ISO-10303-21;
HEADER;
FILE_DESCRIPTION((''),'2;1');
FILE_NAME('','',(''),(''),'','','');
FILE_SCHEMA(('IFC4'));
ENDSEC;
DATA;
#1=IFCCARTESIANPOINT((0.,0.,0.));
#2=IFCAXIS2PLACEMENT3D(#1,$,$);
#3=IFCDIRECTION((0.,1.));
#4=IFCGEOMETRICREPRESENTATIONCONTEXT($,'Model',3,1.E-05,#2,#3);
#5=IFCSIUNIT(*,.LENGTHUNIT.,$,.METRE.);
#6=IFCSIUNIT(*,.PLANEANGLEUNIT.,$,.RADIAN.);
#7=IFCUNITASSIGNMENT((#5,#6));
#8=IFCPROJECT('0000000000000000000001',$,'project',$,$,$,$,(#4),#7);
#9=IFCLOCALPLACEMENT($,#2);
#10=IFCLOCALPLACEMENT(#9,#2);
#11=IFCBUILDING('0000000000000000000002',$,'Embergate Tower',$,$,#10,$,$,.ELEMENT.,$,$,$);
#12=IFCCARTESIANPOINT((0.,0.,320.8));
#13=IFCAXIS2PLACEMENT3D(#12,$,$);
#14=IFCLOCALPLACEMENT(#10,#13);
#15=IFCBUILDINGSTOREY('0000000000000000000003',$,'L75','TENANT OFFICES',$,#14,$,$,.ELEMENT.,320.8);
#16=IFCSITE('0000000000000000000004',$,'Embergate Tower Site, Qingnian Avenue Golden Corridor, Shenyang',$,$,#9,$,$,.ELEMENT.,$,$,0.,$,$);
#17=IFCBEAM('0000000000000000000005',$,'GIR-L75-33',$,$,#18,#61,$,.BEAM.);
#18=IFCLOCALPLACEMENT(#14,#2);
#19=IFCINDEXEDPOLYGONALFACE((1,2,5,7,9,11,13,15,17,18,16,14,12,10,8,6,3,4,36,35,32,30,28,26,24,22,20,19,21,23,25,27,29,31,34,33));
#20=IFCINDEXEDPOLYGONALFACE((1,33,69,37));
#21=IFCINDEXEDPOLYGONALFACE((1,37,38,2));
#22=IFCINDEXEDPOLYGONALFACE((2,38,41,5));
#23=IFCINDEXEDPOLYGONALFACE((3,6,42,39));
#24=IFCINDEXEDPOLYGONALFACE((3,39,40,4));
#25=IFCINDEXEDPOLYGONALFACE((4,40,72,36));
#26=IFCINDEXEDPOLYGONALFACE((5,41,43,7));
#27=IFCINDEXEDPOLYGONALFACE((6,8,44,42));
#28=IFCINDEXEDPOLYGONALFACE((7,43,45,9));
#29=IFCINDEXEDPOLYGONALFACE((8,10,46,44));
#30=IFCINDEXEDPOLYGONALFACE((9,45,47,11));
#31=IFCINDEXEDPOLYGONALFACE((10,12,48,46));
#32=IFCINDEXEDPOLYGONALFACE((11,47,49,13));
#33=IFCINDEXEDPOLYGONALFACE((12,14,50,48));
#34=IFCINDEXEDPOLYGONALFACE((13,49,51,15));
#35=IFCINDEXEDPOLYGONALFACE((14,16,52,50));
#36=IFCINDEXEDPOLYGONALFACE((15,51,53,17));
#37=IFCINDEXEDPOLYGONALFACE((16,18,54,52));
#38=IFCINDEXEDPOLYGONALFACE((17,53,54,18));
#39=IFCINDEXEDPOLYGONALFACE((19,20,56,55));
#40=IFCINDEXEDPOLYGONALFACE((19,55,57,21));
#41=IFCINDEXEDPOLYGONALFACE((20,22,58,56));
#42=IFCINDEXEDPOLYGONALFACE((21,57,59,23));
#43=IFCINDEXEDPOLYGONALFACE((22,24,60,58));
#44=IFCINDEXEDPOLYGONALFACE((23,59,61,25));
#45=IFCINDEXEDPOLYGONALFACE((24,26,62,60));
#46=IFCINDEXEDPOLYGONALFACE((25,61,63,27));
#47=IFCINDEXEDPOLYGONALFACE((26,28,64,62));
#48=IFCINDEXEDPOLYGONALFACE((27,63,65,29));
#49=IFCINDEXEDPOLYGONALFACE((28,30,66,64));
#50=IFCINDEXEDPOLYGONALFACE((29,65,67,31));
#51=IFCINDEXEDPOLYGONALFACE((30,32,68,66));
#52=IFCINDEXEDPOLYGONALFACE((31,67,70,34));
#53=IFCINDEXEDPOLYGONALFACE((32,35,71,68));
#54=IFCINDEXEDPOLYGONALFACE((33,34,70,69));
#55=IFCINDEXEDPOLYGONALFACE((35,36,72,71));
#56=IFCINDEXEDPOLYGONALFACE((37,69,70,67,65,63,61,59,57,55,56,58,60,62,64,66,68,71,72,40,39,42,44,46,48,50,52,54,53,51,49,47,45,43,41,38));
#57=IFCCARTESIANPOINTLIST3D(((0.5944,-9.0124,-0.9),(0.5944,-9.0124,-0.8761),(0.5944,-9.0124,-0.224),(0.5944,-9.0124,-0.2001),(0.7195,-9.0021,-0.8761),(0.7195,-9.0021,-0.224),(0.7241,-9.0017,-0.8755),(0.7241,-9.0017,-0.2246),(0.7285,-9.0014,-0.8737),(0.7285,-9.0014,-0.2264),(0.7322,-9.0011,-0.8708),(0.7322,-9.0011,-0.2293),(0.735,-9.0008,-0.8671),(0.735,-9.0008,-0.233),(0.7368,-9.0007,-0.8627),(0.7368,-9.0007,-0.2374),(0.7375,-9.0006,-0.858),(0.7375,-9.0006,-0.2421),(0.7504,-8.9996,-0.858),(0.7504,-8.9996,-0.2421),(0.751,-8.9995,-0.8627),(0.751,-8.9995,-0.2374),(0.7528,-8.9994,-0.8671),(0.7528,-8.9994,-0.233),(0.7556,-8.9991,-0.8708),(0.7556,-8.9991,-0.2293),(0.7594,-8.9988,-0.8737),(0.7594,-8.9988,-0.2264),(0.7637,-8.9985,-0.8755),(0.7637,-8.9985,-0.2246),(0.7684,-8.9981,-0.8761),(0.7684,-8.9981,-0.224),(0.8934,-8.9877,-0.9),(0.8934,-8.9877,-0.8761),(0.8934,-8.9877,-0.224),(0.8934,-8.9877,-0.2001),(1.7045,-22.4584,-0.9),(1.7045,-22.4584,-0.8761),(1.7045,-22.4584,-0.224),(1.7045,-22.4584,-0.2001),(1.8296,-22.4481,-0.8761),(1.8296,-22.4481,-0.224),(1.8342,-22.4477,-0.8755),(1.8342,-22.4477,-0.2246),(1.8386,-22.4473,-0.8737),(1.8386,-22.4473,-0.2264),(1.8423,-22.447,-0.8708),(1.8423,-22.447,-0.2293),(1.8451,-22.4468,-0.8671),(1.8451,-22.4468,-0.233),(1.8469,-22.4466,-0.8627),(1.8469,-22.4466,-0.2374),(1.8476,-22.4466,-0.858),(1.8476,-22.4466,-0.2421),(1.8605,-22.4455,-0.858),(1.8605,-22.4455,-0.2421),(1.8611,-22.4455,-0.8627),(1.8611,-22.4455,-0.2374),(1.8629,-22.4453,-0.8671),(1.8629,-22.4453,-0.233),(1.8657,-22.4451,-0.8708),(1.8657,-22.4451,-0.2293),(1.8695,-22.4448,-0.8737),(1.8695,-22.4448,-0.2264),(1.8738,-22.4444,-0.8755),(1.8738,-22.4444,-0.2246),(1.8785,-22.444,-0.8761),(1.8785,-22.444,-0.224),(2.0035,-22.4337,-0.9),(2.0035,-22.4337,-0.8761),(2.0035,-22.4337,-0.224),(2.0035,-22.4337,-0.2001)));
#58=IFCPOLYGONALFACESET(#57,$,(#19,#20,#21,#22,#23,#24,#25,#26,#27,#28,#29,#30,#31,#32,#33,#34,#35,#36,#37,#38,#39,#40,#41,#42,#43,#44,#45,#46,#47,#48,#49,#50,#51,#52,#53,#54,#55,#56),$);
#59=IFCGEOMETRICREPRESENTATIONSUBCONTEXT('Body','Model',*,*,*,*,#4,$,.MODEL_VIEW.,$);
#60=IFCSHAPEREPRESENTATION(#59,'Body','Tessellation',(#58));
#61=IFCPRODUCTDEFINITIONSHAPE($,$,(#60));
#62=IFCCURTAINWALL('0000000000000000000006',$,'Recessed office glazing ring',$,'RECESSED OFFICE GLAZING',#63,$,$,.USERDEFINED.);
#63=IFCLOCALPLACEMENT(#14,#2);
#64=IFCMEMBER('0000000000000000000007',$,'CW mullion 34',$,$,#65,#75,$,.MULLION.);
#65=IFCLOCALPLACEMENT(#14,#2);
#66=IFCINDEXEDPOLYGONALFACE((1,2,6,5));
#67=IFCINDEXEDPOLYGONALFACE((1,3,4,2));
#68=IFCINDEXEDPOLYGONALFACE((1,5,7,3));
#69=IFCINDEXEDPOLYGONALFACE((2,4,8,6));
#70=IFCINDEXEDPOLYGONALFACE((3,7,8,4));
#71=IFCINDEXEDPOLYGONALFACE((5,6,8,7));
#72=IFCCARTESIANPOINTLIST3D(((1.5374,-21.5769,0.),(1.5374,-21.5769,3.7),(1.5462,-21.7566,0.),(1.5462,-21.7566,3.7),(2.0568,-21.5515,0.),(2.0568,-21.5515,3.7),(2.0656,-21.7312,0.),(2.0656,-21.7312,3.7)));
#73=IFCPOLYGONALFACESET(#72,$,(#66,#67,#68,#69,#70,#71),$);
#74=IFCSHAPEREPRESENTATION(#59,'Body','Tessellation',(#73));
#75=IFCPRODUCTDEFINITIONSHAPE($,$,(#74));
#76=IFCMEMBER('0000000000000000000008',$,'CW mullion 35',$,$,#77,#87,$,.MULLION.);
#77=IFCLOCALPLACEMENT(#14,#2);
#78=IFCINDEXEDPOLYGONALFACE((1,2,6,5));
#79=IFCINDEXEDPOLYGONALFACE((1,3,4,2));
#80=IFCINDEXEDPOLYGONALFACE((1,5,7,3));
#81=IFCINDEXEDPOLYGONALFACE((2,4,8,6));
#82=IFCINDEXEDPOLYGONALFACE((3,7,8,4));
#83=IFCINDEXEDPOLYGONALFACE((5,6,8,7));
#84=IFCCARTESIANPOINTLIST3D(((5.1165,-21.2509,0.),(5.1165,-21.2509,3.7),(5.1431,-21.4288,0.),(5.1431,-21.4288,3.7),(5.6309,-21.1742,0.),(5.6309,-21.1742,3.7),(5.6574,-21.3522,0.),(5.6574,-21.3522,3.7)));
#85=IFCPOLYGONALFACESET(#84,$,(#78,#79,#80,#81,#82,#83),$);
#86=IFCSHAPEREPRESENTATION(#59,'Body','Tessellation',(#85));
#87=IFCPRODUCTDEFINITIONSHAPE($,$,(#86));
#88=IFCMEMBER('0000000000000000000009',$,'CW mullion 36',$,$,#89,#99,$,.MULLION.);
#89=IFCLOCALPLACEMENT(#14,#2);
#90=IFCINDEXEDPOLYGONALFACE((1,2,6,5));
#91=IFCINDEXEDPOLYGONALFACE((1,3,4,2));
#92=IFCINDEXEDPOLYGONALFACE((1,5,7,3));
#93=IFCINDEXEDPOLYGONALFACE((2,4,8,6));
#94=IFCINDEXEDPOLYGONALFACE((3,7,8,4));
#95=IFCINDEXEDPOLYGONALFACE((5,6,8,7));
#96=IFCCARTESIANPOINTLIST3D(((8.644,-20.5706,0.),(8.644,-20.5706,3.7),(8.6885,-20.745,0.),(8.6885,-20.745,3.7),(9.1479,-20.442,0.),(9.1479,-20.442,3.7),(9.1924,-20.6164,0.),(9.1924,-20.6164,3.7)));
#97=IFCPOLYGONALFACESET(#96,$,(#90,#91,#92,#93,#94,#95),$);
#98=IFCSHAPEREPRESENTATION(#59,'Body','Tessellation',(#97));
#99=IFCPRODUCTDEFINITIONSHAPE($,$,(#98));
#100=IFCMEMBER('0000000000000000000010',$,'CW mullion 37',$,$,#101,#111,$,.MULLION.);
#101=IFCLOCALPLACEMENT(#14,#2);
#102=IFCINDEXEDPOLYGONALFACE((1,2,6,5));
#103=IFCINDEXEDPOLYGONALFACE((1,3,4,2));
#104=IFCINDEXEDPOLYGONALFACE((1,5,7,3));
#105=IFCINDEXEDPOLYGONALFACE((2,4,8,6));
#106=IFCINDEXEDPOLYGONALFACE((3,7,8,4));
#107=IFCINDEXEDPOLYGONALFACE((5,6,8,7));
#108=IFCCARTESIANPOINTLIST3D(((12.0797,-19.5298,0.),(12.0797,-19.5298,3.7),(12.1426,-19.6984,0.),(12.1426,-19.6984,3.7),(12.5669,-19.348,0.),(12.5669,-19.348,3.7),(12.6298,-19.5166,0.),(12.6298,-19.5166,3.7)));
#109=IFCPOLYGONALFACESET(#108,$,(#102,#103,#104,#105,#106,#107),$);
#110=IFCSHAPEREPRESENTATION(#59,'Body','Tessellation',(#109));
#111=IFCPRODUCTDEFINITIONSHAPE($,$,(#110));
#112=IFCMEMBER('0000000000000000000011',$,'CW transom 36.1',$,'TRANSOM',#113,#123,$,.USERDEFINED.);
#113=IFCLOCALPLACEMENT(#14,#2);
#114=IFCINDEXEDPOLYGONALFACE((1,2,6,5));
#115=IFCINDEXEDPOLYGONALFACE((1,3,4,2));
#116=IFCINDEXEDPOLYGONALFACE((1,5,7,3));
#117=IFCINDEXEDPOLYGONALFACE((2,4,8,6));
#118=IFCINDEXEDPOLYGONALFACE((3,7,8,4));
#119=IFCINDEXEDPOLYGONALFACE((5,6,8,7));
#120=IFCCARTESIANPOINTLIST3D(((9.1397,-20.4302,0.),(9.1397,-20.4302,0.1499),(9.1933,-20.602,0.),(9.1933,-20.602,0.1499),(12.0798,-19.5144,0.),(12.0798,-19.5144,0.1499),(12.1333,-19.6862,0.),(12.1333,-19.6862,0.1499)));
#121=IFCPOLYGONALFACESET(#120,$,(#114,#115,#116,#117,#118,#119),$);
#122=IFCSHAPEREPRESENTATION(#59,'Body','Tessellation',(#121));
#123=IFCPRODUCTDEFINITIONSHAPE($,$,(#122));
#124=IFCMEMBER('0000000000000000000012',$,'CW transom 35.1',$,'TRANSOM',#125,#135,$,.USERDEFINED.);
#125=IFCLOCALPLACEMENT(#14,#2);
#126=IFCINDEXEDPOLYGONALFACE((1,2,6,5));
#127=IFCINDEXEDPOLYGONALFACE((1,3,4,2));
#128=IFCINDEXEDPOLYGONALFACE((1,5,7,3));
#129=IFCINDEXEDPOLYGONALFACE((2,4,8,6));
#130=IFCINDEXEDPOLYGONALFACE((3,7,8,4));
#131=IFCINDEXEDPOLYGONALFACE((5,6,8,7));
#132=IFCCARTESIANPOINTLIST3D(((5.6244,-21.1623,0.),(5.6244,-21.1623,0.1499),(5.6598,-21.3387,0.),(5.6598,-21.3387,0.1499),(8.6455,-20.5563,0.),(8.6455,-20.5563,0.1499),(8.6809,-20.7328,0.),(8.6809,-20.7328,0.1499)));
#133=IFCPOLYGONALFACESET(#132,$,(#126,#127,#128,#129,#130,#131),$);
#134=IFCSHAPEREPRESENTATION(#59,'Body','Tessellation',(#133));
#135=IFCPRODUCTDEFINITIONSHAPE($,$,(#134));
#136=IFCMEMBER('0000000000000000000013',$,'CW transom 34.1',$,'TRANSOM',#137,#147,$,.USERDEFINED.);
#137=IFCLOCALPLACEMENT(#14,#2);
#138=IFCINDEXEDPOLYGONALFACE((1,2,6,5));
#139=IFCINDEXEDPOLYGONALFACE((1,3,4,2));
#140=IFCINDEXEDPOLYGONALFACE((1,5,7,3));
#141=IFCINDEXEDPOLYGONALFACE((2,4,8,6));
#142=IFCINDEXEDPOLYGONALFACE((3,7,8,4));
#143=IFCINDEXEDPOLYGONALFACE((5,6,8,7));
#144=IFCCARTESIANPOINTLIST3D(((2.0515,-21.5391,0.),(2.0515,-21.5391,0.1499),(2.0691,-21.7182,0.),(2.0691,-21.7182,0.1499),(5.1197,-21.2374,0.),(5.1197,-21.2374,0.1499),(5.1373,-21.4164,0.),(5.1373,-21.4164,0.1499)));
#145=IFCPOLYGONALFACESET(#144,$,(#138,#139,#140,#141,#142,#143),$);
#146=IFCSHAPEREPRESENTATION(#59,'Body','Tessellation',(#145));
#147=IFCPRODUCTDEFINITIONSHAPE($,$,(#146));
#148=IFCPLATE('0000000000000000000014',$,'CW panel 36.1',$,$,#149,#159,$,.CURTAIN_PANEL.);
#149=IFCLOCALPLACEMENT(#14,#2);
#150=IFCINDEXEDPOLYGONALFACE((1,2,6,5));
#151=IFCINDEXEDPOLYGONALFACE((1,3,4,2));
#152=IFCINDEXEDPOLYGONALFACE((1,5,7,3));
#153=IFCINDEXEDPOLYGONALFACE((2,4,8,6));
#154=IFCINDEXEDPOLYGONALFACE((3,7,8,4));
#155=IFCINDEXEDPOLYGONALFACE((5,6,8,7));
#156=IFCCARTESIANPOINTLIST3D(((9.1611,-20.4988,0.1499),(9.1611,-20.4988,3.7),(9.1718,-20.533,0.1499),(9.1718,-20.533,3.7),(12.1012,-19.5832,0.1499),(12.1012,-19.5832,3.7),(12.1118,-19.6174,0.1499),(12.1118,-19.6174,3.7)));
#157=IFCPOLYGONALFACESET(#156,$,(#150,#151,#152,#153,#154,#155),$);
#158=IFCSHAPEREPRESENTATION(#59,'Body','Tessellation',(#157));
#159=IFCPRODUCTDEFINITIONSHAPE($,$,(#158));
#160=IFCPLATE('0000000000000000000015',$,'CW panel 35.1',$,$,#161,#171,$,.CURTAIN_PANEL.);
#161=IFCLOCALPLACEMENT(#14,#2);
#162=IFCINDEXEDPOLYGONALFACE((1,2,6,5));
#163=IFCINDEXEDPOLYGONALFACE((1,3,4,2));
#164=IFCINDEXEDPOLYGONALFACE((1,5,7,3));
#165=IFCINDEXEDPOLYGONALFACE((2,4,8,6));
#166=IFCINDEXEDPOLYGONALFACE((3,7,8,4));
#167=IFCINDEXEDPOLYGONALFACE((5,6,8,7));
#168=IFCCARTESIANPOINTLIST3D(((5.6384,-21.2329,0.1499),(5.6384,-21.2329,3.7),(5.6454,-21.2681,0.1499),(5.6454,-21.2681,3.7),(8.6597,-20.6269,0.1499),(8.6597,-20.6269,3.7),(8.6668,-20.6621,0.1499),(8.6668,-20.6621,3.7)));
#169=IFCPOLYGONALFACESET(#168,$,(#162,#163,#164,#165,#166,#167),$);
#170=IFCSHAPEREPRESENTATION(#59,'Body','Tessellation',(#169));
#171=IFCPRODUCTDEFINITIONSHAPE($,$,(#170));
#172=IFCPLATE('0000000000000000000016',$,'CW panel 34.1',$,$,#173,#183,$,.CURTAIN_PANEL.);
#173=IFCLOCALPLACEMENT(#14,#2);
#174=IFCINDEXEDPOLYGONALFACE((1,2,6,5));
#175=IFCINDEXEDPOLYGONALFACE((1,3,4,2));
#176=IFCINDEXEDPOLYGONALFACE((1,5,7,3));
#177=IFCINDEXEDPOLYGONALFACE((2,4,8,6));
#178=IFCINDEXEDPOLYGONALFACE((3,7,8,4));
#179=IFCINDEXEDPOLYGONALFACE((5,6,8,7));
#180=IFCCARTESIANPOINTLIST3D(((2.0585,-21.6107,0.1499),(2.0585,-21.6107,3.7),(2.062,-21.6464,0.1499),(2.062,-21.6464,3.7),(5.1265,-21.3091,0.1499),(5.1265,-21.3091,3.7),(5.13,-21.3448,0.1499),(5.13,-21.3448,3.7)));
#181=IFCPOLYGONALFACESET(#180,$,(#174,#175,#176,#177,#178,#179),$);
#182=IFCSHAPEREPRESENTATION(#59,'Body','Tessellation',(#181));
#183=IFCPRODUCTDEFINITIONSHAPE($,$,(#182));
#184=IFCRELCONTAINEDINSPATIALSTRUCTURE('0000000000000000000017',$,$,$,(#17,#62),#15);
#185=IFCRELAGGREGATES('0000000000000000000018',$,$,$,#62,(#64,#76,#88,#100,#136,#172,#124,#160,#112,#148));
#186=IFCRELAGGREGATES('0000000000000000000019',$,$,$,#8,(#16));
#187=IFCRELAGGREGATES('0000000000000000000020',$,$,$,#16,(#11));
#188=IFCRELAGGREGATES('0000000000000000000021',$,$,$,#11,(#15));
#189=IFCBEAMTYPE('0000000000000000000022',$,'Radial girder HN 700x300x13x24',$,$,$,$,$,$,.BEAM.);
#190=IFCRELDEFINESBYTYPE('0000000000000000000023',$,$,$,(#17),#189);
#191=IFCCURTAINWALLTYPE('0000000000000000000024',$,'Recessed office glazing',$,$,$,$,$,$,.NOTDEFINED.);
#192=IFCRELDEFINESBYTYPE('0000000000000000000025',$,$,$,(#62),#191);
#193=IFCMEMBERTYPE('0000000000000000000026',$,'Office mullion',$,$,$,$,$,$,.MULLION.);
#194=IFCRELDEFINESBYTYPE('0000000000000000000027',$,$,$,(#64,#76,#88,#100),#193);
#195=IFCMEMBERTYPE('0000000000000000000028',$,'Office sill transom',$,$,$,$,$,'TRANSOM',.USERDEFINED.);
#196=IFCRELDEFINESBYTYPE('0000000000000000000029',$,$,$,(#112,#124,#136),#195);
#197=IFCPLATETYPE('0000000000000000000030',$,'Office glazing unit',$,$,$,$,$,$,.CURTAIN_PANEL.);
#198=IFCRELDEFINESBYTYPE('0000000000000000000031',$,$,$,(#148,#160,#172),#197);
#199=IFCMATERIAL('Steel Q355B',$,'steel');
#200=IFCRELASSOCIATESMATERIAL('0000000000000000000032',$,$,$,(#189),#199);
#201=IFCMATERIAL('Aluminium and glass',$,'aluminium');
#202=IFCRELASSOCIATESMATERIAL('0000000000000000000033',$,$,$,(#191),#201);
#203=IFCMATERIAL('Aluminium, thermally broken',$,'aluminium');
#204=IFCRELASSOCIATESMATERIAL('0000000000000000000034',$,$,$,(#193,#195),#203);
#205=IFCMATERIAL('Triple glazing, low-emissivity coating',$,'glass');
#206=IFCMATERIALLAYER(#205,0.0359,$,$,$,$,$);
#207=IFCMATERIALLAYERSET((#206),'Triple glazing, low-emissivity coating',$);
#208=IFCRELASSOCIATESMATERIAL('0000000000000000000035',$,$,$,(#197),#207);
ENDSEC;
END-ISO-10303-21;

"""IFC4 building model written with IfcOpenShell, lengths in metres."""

from ifc_helpers import new_model, si_unit, direction, frame, origin, origin_2d, place, context, subcontext, project, spatial, rectangle, i_section, extrude, source, transform, mapped, material, layer, layer_set, material_profile, profile_set, type_object, element, aggregate, save


model = new_model("IFC4")

# Units and contexts
model_context = context("Model", 3, precision=1e-05, world=origin(), true_north=direction((0.0, 1.0)))
body_context = subcontext(model_context, "Body", "Model", "MODEL_VIEW")
ifc_project = project(units=[si_unit("LENGTHUNIT", "METRE"), si_unit("PLANEANGLEUNIT", "RADIAN")], contexts=[model_context])

# Site, building, storey
site_placement = place(None, origin())
site = spatial("IfcSite", under=ifc_project, at=site_placement, Name="Embergate Tower Site, Qingnian Avenue Golden Corridor, Shenyang", CompositionType="ELEMENT", RefElevation=0.0)
building_placement = place(site_placement, origin())
building = spatial("IfcBuilding", under=site, at=building_placement, Name="Embergate Tower", CompositionType="ELEMENT")
storey_placement = place(building_placement, frame((0.0, 0.0, 320.8)))
storey = spatial("IfcBuildingStorey", under=building, at=storey_placement, Name="L75", Description="TENANT OFFICES", CompositionType="ELEMENT", Elevation=320.8)

# Beam
ifc_material_1 = material(Name="Steel Q355B", Category="steel")
ifc_material_profile_1 = material_profile(ifc_material_1, i_section(OverallWidth=0.3, OverallDepth=0.7, WebThickness=0.0129, FlangeThickness=0.0239, FilletRadius=0.0181, at=origin_2d()), Name="HN 700x300x13x24")
ifc_profile_set_1 = profile_set([ifc_material_profile_1], Name="Steel Q355 grade B")
beam_type_1 = type_object("IfcBeamType", Name="Radial girder HN 700x300x13x24", PredefinedType="BEAM", material=ifc_profile_set_1)
shared_shape_1 = source(origin(), body_context, "Body", "SweptSolid", [
    extrude(i_section(OverallWidth=0.3, OverallDepth=0.7, WebThickness=0.0129, FlangeThickness=0.0239, FilletRadius=0.0181, at=origin_2d()), origin(), (0.0, 0.0, 1.0), 13.4917),
])
beam_1_placement = place(storey_placement, frame((1.854, -22.446, -0.55), z_axis=(-0.08228, 0.996609, 0.0), x_axis=(-0.996609, -0.08228, 0.0)))
element("IfcBeam", 1, at=beam_1_placement, inside=storey, type_object=beam_type_1, Name="GIR-L75-33", PredefinedType="BEAM", context=body_context, shape_type="MappedRepresentation", body=[
    mapped(shared_shape_1, transform((0.0, 0.0, 0.0))),
])

# Curtain wall, members, plates
ifc_material_2 = material(Name="Aluminium and glass", Category="aluminium")
curtain_wall_type = type_object("IfcCurtainWallType", Name="Recessed office glazing", PredefinedType="NOTDEFINED", material=ifc_material_2)
curtain_wall_placement = place(storey_placement, origin())
curtain_wall = element("IfcCurtainWall", 2, at=curtain_wall_placement, inside=storey, type_object=curtain_wall_type, Name="Recessed office glazing ring", ObjectType="RECESSED OFFICE GLAZING", PredefinedType="USERDEFINED")
ifc_material_3 = material(Name="Aluminium, thermally broken", Category="aluminium")
ifc_material_profile_2 = material_profile(ifc_material_3, rectangle(XDim=0.1799, YDim=0.52, at=origin_2d()), Name="AL 520x180")
ifc_profile_set_2 = profile_set([ifc_material_profile_2], Name="Aluminium, thermally broken")
member_type_1 = type_object("IfcMemberType", Name="Office mullion", PredefinedType="MULLION", material=ifc_profile_set_2)
shared_shape_2 = source(origin(), body_context, "Body", "SweptSolid", [
    extrude(rectangle(XDim=0.1799, YDim=0.52, at=origin_2d()), origin(), (0.0, 0.0, 1.0), 3.7),
])
member_1_placement = place(storey_placement, frame((1.8015, -21.6541, 0.0), z_axis=(0.0, 0.0, 1.0), x_axis=(-0.048972, 0.9988, 0.0)))
member_1 = element("IfcMember", 3, at=member_1_placement, type_object=member_type_1, Name="CW mullion 34", PredefinedType="MULLION", context=body_context, shape_type="MappedRepresentation", body=[
    mapped(shared_shape_2, transform((0.0, 0.0, 0.0))),
])
member_2_placement = place(storey_placement, frame((5.387, -21.3015, 0.0), z_axis=(0.0, 0.0, 1.0), x_axis=(-0.147412, 0.989075, 0.0)))
member_2 = element("IfcMember", 4, at=member_2_placement, type_object=member_type_1, Name="CW mullion 35", PredefinedType="MULLION", context=body_context, shape_type="MappedRepresentation", body=[
    mapped(shared_shape_2, transform((0.0, 0.0, 0.0))),
])
member_3_placement = place(storey_placement, frame((8.9182, -20.5935, 0.0), z_axis=(0.0, 0.0, 1.0), x_axis=(-0.247312, 0.968936, 0.0)))
member_3 = element("IfcMember", 5, at=member_3_placement, type_object=member_type_1, Name="CW mullion 36", PredefinedType="MULLION", context=body_context, shape_type="MappedRepresentation", body=[
    mapped(shared_shape_2, transform((0.0, 0.0, 0.0))),
])
member_4_placement = place(storey_placement, frame((12.3547, -19.5232, 0.0), z_axis=(0.0, 0.0, 1.0), x_axis=(-0.349501, 0.936936, 0.0)))
member_4 = element("IfcMember", 6, at=member_4_placement, type_object=member_type_1, Name="CW mullion 37", PredefinedType="MULLION", context=body_context, shape_type="MappedRepresentation", body=[
    mapped(shared_shape_2, transform((0.0, 0.0, 0.0))),
])
ifc_material_profile_3 = material_profile(ifc_material_3, rectangle(XDim=0.1799, YDim=0.1499, at=origin_2d()), Name="AL 150x180")
ifc_profile_set_3 = profile_set([ifc_material_profile_3], Name="Aluminium, thermally broken")
member_type_2 = type_object("IfcMemberType", Name="Office sill transom", ElementType="TRANSOM", PredefinedType="USERDEFINED", material=ifc_profile_set_3)
shared_shape_3 = source(origin(), body_context, "Body", "SweptSolid", [
    extrude(rectangle(XDim=0.1799, YDim=0.1499, at=origin_2d()), origin(), (0.0, 0.0, 1.0), 3.0793),
])
member_5_placement = place(storey_placement, frame((9.1665, -20.5161, 0.075), z_axis=(0.954753, 0.297399, 0.0), x_axis=(-0.297399, 0.954753, 0.0)))
member_5 = element("IfcMember", 7, at=member_5_placement, type_object=member_type_2, Name="CW transom 36.1", ObjectType="TRANSOM", PredefinedType="USERDEFINED", context=body_context, shape_type="MappedRepresentation", body=[
    mapped(shared_shape_3, transform((0.0, 0.0, 0.0))),
])
shared_shape_4 = source(origin(), body_context, "Body", "SweptSolid", [
    extrude(rectangle(XDim=0.1799, YDim=0.1499, at=origin_2d()), origin(), (0.0, 0.0, 1.0), 3.0813),
])
member_6_placement = place(storey_placement, frame((5.6421, -21.2505, 0.075), z_axis=(0.980474, 0.196649, 0.0), x_axis=(-0.196649, 0.980474, 0.0)))
member_6 = element("IfcMember", 8, at=member_6_placement, type_object=member_type_2, Name="CW transom 35.1", ObjectType="TRANSOM", PredefinedType="USERDEFINED", context=body_context, shape_type="MappedRepresentation", body=[
    mapped(shared_shape_4, transform((0.0, 0.0, 0.0))),
])
shared_shape_5 = source(origin(), body_context, "Body", "SweptSolid", [
    extrude(rectangle(XDim=0.1799, YDim=0.1499, at=origin_2d()), origin(), (0.0, 0.0, 1.0), 3.083),
])
member_7_placement = place(storey_placement, frame((2.0603, -21.6287, 0.075), z_axis=(0.995198, 0.097881, 0.0), x_axis=(-0.097881, 0.995198, 0.0)))
member_7 = element("IfcMember", 9, at=member_7_placement, type_object=member_type_2, Name="CW transom 34.1", ObjectType="TRANSOM", PredefinedType="USERDEFINED", context=body_context, shape_type="MappedRepresentation", body=[
    mapped(shared_shape_5, transform((0.0, 0.0, 0.0))),
])
ifc_material_4 = material(Name="Triple glazing, low-emissivity coating", Category="glass")
ifc_layer_1 = layer(ifc_material_4, 0.0359)
ifc_layer_set_1 = layer_set([ifc_layer_1], Name="Triple glazing, low-emissivity coating")
plate_type = type_object("IfcPlateType", Name="Office glazing unit", PredefinedType="CURTAIN_PANEL", material=ifc_layer_set_1)
shared_shape_6 = source(origin(), body_context, "Body", "SweptSolid", [
    extrude(rectangle(XDim=3.0793, YDim=0.0359, at=origin_2d()), origin(), (0.0, 0.0, 1.0), 3.55),
])
plate_1_placement = place(storey_placement, frame((10.6365, -20.0581, 0.1499), z_axis=(0.0, 0.0, 1.0), x_axis=(0.954771, 0.297342, 0.0)))
plate_1 = element("IfcPlate", 10, at=plate_1_placement, type_object=plate_type, Name="CW panel 36.1", PredefinedType="CURTAIN_PANEL", context=body_context, shape_type="MappedRepresentation", body=[
    mapped(shared_shape_6, transform((0.0, 0.0, 0.0))),
])
shared_shape_7 = source(origin(), body_context, "Body", "SweptSolid", [
    extrude(rectangle(XDim=3.0815, YDim=0.0359, at=origin_2d()), origin(), (0.0, 0.0, 1.0), 3.55),
])
plate_2_placement = place(storey_placement, frame((7.1526, -20.9475, 0.1499), z_axis=(0.0, 0.0, 1.0), x_axis=(0.980475, 0.196643, 0.0)))
plate_2 = element("IfcPlate", 11, at=plate_2_placement, type_object=plate_type, Name="CW panel 35.1", PredefinedType="CURTAIN_PANEL", context=body_context, shape_type="MappedRepresentation", body=[
    mapped(shared_shape_7, transform((0.0, 0.0, 0.0))),
])
shared_shape_8 = source(origin(), body_context, "Body", "SweptSolid", [
    extrude(rectangle(XDim=3.0828, YDim=0.0359, at=origin_2d()), origin(), (0.0, 0.0, 1.0), 3.55),
])
plate_3_placement = place(storey_placement, frame((3.5942, -21.4778, 0.1499), z_axis=(0.0, 0.0, 1.0), x_axis=(0.995203, 0.097831, 0.0)))
plate_3 = element("IfcPlate", 12, at=plate_3_placement, type_object=plate_type, Name="CW panel 34.1", PredefinedType="CURTAIN_PANEL", context=body_context, shape_type="MappedRepresentation", body=[
    mapped(shared_shape_8, transform((0.0, 0.0, 0.0))),
])
aggregate(curtain_wall, [member_1, member_2, member_3, member_4, member_7, plate_3, member_6, plate_2, member_5, plate_1])

save(model, "model.ifc")
